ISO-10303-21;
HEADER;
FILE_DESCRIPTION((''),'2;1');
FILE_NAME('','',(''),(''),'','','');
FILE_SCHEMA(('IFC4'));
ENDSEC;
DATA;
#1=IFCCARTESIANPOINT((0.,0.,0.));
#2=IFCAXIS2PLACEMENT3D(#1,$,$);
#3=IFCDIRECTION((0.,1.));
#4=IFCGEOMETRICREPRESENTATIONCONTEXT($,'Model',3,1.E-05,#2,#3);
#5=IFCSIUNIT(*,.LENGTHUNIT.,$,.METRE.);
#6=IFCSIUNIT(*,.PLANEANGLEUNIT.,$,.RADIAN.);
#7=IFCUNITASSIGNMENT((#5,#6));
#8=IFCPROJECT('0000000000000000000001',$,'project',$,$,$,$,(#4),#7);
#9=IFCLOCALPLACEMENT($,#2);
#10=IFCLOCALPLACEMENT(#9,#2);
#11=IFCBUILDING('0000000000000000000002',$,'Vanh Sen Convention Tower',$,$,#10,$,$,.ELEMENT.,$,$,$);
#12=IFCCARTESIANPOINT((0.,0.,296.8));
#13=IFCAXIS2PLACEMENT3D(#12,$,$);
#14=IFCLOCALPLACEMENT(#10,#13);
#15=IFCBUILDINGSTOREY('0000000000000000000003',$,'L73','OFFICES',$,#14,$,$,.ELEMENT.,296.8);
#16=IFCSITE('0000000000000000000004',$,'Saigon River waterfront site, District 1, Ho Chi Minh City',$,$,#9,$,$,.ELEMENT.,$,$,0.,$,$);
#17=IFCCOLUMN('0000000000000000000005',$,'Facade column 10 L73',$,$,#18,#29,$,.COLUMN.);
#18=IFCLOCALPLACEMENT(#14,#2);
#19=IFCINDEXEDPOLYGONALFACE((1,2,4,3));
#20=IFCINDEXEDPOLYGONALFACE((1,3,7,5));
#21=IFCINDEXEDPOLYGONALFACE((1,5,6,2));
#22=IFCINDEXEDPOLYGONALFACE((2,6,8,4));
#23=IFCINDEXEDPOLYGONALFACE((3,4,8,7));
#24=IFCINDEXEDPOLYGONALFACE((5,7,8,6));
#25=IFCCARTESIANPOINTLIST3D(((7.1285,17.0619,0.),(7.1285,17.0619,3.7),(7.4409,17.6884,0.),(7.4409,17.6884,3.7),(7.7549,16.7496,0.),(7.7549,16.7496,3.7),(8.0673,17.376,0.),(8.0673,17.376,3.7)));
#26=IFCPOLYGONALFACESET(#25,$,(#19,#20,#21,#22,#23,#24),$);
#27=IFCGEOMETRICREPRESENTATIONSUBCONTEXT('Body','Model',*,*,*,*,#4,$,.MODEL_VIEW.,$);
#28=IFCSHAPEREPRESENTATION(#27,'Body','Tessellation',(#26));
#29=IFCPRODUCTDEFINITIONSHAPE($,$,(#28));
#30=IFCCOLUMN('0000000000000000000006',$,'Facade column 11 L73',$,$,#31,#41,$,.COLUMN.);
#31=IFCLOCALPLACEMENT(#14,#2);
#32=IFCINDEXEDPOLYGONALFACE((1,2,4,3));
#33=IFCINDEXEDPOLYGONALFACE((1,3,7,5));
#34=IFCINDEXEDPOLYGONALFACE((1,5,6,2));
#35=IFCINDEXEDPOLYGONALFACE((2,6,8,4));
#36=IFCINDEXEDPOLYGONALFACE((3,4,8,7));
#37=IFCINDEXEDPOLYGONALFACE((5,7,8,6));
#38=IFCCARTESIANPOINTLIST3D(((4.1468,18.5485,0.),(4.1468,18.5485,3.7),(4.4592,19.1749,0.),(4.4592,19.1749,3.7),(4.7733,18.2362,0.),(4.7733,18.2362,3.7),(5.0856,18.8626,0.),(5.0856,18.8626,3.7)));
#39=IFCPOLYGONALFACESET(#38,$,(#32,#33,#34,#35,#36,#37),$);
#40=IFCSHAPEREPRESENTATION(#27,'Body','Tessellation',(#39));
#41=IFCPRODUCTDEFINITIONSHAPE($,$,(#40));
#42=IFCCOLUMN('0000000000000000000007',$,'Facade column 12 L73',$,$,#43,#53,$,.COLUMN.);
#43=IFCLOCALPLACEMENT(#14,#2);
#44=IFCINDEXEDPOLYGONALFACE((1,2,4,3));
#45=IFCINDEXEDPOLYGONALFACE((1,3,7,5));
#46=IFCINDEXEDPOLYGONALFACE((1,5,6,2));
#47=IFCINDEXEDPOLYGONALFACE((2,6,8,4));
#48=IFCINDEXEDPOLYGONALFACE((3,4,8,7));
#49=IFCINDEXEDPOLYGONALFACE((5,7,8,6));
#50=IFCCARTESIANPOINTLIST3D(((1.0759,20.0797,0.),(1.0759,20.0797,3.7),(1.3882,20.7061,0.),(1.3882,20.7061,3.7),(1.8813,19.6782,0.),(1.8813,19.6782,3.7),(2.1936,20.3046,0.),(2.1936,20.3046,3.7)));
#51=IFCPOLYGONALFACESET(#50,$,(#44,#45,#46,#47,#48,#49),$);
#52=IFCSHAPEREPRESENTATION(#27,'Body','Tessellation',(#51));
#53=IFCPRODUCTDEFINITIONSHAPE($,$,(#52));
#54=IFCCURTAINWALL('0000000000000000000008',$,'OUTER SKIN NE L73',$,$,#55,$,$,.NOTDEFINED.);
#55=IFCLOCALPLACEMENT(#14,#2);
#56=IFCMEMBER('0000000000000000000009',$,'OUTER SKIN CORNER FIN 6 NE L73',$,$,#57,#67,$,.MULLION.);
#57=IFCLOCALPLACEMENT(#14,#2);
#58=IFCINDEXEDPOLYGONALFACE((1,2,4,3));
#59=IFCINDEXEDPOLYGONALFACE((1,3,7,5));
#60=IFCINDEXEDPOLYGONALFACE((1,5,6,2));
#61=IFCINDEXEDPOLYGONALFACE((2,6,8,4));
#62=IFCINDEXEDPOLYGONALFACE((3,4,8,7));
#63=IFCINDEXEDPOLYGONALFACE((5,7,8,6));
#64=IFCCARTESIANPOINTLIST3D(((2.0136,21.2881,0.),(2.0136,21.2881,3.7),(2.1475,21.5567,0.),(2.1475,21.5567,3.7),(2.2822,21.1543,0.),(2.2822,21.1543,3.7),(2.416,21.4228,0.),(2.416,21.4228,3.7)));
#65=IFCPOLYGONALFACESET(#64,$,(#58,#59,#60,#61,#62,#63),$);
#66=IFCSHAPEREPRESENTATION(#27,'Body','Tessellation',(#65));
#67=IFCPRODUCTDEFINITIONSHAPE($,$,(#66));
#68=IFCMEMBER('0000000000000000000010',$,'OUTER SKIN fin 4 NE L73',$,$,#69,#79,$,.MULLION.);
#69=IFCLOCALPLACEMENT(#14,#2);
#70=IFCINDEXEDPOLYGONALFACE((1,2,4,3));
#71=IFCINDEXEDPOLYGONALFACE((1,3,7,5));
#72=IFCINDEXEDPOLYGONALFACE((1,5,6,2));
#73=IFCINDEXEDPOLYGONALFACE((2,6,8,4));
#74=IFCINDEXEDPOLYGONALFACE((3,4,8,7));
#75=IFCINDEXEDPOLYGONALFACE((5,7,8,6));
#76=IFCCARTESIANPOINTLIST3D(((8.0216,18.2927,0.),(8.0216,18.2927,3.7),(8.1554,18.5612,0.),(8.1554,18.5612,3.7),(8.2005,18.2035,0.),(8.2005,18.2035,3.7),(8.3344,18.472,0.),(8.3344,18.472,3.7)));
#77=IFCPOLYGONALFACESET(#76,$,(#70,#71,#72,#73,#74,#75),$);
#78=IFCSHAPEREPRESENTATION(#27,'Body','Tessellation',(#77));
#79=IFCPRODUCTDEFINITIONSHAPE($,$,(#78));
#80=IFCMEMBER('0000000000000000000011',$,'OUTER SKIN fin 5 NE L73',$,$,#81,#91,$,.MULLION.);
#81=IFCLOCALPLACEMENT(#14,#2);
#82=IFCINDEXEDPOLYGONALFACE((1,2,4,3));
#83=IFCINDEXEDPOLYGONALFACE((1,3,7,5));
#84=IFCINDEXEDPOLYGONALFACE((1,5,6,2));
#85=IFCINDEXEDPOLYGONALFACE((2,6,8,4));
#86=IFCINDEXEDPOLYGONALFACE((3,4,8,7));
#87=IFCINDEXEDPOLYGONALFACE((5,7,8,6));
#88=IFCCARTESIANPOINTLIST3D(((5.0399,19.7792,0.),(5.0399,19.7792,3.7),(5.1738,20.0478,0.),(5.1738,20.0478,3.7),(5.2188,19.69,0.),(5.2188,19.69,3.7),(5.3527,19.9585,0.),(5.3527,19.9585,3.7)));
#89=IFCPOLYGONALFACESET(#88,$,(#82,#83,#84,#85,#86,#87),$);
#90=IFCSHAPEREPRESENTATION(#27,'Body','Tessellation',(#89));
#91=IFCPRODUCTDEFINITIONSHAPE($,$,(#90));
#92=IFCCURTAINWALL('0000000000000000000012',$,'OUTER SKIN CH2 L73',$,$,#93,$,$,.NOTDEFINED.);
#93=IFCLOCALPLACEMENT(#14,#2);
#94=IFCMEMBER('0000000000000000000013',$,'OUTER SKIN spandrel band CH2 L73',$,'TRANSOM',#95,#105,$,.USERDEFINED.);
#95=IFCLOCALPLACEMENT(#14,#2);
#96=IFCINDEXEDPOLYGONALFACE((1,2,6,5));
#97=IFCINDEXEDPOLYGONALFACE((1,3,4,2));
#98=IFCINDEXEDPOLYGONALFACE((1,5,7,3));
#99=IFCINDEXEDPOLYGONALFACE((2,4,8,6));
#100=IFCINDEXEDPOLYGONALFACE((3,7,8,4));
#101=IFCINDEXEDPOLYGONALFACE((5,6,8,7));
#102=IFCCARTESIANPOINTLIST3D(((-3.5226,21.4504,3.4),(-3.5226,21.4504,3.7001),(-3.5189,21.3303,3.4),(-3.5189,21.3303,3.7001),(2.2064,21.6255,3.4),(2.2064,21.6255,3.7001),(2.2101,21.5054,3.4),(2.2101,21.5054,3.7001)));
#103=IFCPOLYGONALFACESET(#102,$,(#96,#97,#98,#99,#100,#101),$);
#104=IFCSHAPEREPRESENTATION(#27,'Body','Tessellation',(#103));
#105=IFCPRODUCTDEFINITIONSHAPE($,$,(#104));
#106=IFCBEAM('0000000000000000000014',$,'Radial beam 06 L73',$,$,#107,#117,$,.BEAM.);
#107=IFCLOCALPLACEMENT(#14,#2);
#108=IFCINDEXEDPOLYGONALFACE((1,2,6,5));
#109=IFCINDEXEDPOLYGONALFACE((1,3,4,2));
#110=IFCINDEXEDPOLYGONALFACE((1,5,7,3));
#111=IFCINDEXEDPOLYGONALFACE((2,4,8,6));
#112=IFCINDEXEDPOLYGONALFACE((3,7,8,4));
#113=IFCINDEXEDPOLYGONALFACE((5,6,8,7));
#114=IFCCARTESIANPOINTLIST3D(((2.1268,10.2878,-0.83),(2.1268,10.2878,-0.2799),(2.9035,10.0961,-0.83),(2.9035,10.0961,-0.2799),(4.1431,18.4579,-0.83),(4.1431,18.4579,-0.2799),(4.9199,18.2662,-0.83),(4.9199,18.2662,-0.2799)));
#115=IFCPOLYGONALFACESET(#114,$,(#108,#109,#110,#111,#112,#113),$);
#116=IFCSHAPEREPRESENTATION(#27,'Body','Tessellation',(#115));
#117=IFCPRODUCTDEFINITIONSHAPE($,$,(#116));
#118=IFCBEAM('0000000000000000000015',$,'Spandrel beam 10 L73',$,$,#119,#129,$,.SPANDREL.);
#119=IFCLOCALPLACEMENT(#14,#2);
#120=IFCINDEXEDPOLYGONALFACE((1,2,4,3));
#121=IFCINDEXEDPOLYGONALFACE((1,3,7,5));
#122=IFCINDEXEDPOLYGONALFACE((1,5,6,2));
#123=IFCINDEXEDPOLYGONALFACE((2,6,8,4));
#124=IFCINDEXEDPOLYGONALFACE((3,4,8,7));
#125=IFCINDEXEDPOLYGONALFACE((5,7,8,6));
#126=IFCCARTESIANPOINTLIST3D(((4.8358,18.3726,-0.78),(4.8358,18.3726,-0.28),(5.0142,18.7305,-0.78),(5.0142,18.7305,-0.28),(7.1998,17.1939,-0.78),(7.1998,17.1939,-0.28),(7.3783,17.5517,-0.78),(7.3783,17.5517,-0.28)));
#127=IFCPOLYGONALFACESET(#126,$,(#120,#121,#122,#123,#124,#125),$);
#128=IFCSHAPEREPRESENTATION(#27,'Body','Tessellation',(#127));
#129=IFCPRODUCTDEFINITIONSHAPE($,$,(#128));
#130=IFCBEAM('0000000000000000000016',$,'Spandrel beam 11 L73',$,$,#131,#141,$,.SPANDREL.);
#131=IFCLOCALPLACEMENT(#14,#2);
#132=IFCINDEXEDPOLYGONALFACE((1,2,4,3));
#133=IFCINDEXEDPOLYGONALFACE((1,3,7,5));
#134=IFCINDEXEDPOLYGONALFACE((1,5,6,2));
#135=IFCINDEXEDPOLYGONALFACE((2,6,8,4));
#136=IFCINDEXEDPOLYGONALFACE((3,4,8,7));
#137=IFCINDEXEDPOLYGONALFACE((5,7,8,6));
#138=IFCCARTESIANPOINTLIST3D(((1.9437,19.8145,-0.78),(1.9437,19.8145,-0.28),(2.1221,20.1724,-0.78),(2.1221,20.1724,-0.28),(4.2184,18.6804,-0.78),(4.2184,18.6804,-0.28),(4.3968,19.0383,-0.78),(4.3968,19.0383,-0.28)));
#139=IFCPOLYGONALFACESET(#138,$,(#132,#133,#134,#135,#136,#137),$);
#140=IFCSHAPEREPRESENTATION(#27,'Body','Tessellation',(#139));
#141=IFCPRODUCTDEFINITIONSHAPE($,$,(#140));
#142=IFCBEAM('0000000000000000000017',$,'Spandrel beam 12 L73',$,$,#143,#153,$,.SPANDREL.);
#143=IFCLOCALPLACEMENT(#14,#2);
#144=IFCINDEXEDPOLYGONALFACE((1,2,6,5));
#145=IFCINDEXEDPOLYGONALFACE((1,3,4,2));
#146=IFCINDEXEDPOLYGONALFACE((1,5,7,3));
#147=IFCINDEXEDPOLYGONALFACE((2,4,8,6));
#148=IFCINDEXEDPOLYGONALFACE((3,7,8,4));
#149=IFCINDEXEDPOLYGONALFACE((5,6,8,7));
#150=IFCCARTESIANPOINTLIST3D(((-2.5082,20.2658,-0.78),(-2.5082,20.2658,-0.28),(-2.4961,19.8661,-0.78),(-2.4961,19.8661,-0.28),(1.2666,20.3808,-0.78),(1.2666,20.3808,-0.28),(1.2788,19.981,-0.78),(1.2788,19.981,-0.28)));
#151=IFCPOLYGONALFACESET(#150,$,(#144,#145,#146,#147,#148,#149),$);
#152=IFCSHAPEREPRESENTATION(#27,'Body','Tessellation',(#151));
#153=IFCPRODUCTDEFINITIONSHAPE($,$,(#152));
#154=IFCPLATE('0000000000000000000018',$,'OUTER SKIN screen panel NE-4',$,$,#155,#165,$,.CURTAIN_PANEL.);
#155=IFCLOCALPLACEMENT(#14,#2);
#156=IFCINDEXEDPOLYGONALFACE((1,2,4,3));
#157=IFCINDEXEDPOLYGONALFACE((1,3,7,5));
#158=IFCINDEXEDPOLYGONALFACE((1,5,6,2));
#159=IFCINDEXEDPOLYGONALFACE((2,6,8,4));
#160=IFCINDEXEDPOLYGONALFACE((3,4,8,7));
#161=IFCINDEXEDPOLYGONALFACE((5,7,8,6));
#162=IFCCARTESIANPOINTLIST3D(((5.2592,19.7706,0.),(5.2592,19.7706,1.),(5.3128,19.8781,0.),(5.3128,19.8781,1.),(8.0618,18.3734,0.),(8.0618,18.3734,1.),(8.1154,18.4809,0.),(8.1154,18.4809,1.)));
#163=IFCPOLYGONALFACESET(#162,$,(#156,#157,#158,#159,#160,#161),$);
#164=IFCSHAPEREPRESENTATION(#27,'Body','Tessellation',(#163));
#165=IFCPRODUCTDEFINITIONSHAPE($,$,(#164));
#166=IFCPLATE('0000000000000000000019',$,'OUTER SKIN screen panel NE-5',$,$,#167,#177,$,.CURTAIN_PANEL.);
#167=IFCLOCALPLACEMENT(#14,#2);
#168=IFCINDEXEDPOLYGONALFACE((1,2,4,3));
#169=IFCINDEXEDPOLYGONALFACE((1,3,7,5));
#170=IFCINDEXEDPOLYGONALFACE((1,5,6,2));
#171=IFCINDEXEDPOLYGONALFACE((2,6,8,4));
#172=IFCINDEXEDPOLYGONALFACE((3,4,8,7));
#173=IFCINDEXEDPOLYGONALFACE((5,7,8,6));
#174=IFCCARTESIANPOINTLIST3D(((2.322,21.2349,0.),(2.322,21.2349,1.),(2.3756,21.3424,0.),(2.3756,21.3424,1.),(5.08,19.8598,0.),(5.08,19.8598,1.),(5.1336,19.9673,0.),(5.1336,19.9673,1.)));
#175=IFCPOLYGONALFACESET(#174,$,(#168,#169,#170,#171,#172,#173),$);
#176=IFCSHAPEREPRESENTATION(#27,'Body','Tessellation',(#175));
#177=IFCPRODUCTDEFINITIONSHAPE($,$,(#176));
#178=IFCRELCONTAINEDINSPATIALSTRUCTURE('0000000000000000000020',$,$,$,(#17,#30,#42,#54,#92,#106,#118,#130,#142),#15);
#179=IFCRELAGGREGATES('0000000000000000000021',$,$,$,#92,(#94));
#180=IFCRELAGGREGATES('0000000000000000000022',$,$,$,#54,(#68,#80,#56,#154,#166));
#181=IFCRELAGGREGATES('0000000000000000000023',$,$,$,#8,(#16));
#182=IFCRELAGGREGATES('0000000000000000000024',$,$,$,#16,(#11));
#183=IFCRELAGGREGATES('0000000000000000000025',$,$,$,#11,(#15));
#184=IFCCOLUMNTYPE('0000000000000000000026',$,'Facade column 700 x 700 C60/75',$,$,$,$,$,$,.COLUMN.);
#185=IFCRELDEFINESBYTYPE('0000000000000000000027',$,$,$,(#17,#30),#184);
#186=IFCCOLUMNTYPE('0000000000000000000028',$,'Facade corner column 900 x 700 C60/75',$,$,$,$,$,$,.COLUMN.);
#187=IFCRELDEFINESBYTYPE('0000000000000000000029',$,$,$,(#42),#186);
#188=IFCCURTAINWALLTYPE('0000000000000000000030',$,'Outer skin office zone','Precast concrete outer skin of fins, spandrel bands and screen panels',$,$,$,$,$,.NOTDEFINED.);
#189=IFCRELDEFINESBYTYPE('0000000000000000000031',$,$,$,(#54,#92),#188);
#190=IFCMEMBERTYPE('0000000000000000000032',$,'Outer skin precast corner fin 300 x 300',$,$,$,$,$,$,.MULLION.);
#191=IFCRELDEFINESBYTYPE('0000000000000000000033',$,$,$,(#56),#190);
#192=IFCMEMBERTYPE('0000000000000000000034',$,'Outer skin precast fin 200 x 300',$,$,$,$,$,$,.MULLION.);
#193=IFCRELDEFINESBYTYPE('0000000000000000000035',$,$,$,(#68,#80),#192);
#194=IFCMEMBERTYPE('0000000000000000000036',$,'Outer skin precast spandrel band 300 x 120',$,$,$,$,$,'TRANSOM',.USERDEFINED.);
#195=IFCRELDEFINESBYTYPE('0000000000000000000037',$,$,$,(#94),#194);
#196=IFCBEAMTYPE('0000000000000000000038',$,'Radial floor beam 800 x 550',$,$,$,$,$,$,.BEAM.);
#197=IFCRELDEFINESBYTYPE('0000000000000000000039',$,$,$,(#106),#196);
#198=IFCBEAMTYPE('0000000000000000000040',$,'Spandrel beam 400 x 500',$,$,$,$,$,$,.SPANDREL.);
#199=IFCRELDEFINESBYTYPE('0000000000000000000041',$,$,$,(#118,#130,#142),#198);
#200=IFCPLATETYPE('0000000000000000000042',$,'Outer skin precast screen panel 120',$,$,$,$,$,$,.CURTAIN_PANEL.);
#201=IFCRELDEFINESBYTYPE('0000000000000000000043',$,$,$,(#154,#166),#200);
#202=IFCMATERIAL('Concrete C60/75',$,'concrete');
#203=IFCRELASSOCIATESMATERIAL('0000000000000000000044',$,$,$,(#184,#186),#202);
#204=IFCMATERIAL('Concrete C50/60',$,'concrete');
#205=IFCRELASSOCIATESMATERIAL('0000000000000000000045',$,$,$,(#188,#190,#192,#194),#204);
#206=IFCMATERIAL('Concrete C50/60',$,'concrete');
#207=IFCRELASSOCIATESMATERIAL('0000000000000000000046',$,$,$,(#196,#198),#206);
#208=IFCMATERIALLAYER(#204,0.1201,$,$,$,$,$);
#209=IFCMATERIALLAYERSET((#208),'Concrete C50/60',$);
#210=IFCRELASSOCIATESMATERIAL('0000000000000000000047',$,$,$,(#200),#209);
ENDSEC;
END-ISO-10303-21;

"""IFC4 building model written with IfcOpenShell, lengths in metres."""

from ifc_helpers import new_model, si_unit, direction, frame, origin, origin_2d, place, context, subcontext, project, spatial, rectangle, extrude, material, layer, layer_set, material_profile, profile_set, type_object, element, aggregate, save


model = new_model("IFC4")

# Units and contexts
model_context = context("Model", 3, precision=1e-05, world=origin(), true_north=direction((0.0, 1.0)))
body_context = subcontext(model_context, "Body", "Model", "MODEL_VIEW")
ifc_project = project(units=[si_unit("LENGTHUNIT", "METRE"), si_unit("PLANEANGLEUNIT", "RADIAN")], contexts=[model_context])

# Site, building, storey
site_placement = place(None, origin())
site = spatial("IfcSite", under=ifc_project, at=site_placement, Name="Saigon River waterfront site, District 1, Ho Chi Minh City", CompositionType="ELEMENT", RefElevation=0.0)
building_placement = place(site_placement, origin())
building = spatial("IfcBuilding", under=site, at=building_placement, Name="Vanh Sen Convention Tower", CompositionType="ELEMENT")
storey_placement = place(building_placement, frame((0.0, 0.0, 296.8)))
storey = spatial("IfcBuildingStorey", under=building, at=storey_placement, Name="L73", Description="OFFICES", CompositionType="ELEMENT", Elevation=296.8)

# Columns
ifc_material_1 = material(Name="Concrete C60/75", Category="concrete")
ifc_material_profile_1 = material_profile(ifc_material_1, rectangle(XDim=0.7, YDim=0.7, at=origin_2d()), Name="RC 700X700")
ifc_profile_set_1 = profile_set([ifc_material_profile_1], Name="Concrete C60/75")
column_type_1 = type_object("IfcColumnType", Name="Facade column 700 x 700 C60/75", PredefinedType="COLUMN", material=ifc_profile_set_1)
for number, where, z_axis, x_axis, name in (
    (1, (7.5979, 17.219, 0.0), (0.0, 0.0, 1.0), (-0.894934, 0.446198, 0.0), "Facade column 10 L73"),
    (2, (4.6162, 18.7056, 0.0), (0.0, 0.0, 1.0), (-0.894934, 0.446198, 0.0), "Facade column 11 L73"),
):
    element("IfcColumn", number, at=place(storey_placement, frame(where, z_axis=z_axis, x_axis=x_axis)), inside=storey, type_object=column_type_1, Name=name, PredefinedType="COLUMN", context=body_context, shape_type="SweptSolid", body=[
        extrude(rectangle(XDim=0.7, YDim=0.7, at=origin_2d()), origin(), (0.0, 0.0, 1.0), 3.7),
    ])
ifc_material_profile_2 = material_profile(ifc_material_1, rectangle(XDim=0.8999, YDim=0.7, at=origin_2d()), Name="RC 900X700")
ifc_profile_set_2 = profile_set([ifc_material_profile_2], Name="Concrete C60/75")
column_type_2 = type_object("IfcColumnType", Name="Facade corner column 900 x 700 C60/75", PredefinedType="COLUMN", material=ifc_profile_set_2)
column_placement = place(storey_placement, frame((1.6348, 20.1921, 0.0), z_axis=(0.0, 0.0, 1.0), x_axis=(-0.894934, 0.446198, 0.0)))
element("IfcColumn", 3, at=column_placement, inside=storey, type_object=column_type_2, Name="Facade column 12 L73", PredefinedType="COLUMN", context=body_context, shape_type="SweptSolid", body=[
    extrude(rectangle(XDim=0.8999, YDim=0.7, at=origin_2d()), origin(), (0.0, 0.0, 1.0), 3.7),
])

# Curtain wall, members
ifc_material_2 = material(Name="Concrete C50/60", Category="concrete")
curtain_wall_type = type_object("IfcCurtainWallType", Name="Outer skin office zone", Description="Precast concrete outer skin of fins, spandrel bands and screen panels", PredefinedType="NOTDEFINED", material=ifc_material_2)
curtain_wall_1_placement = place(storey_placement, origin())
curtain_wall_1 = element("IfcCurtainWall", 4, at=curtain_wall_1_placement, inside=storey, type_object=curtain_wall_type, Name="OUTER SKIN NE L73", PredefinedType="NOTDEFINED")
ifc_material_profile_3 = material_profile(ifc_material_2, rectangle(XDim=0.3, YDim=0.3, at=origin_2d()), Name="Outer skin precast corner fin 300 x 300")
ifc_profile_set_3 = profile_set([ifc_material_profile_3], Name="Concrete C50/60")
member_type_1 = type_object("IfcMemberType", Name="Outer skin precast corner fin 300 x 300", PredefinedType="MULLION", material=ifc_profile_set_3)
member_1_placement = place(storey_placement, frame((2.2148, 21.3555, 0.0), z_axis=(0.0, 0.0, 1.0), x_axis=(-0.894934, 0.446198, 0.0)))
member_1 = element("IfcMember", 5, at=member_1_placement, type_object=member_type_1, Name="OUTER SKIN CORNER FIN 6 NE L73", PredefinedType="MULLION", context=body_context, shape_type="SweptSolid", body=[
    extrude(rectangle(XDim=0.3, YDim=0.3, at=origin_2d()), origin(), (0.0, 0.0, 1.0), 3.7),
])
ifc_material_profile_4 = material_profile(ifc_material_2, rectangle(XDim=0.2, YDim=0.3, at=origin_2d()), Name="Outer skin precast fin 200 x 300")
ifc_profile_set_4 = profile_set([ifc_material_profile_4], Name="Concrete C50/60")
member_type_2 = type_object("IfcMemberType", Name="Outer skin precast fin 200 x 300", PredefinedType="MULLION", material=ifc_profile_set_4)
member_2_placement = place(storey_placement, frame((8.178, 18.3823, 0.0), z_axis=(0.0, 0.0, 1.0), x_axis=(-0.894934, 0.446198, 0.0)))
member_2 = element("IfcMember", 6, at=member_2_placement, type_object=member_type_2, Name="OUTER SKIN fin 4 NE L73", PredefinedType="MULLION", context=body_context, shape_type="SweptSolid", body=[
    extrude(rectangle(XDim=0.2, YDim=0.3, at=origin_2d()), origin(), (0.0, 0.0, 1.0), 3.7),
])
member_3_placement = place(storey_placement, frame((5.1963, 19.8689, 0.0), z_axis=(0.0, 0.0, 1.0), x_axis=(-0.894934, 0.446198, 0.0)))
member_3 = element("IfcMember", 7, at=member_3_placement, type_object=member_type_2, Name="OUTER SKIN fin 5 NE L73", PredefinedType="MULLION", context=body_context, shape_type="SweptSolid", body=[
    extrude(rectangle(XDim=0.2, YDim=0.3, at=origin_2d()), origin(), (0.0, 0.0, 1.0), 3.7),
])

# Curtain wall, member
curtain_wall_2_placement = place(storey_placement, origin())
curtain_wall_2 = element("IfcCurtainWall", 8, at=curtain_wall_2_placement, inside=storey, type_object=curtain_wall_type, Name="OUTER SKIN CH2 L73", PredefinedType="NOTDEFINED")
ifc_material_profile_5 = material_profile(ifc_material_2, rectangle(XDim=0.1201, YDim=0.3, at=origin_2d()), Name="Outer skin precast spandrel band 300 x 120")
ifc_profile_set_5 = profile_set([ifc_material_profile_5], Name="Concrete C50/60")
member_type_3 = type_object("IfcMemberType", Name="Outer skin precast spandrel band 300 x 120", ElementType="TRANSOM", PredefinedType="USERDEFINED", material=ifc_profile_set_5)
member_4_placement = place(storey_placement, frame((2.2083, 21.5654, 3.55), z_axis=(-0.999534, -0.030541, 0.0), x_axis=(0.030541, -0.999534, 0.0)))
member_4 = element("IfcMember", 9, at=member_4_placement, type_object=member_type_3, Name="OUTER SKIN spandrel band CH2 L73", ObjectType="TRANSOM", PredefinedType="USERDEFINED", context=body_context, shape_type="SweptSolid", body=[
    extrude(rectangle(XDim=0.1201, YDim=0.3, at=origin_2d()), origin(), (0.0, 0.0, 1.0), 5.7317),
])
aggregate(curtain_wall_2, [member_4])

# Beams
ifc_material_3 = material(Name="Concrete C50/60", Category="concrete")
ifc_material_profile_6 = material_profile(ifc_material_3, rectangle(XDim=0.8, YDim=0.55, at=origin_2d()), Name="RC 800X550")
ifc_profile_set_6 = profile_set([ifc_material_profile_6], Name="Concrete C50/60")
beam_type_1 = type_object("IfcBeamType", Name="Radial floor beam 800 x 550", PredefinedType="BEAM", material=ifc_profile_set_6)
beam_1_placement = place(storey_placement, frame((4.5315, 18.3621, -0.5549), z_axis=(-0.239606, -0.97087, 0.0), x_axis=(0.97087, -0.239606, 0.0)))
element("IfcBeam", 10, at=beam_1_placement, inside=storey, type_object=beam_type_1, Name="Radial beam 06 L73", PredefinedType="BEAM", context=body_context, shape_type="SweptSolid", body=[
    extrude(rectangle(XDim=0.8, YDim=0.55, at=origin_2d()), origin(), (0.0, 0.0, 1.0), 8.4153),
])
ifc_material_profile_7 = material_profile(ifc_material_3, rectangle(XDim=0.3999, YDim=0.5, at=origin_2d()), Name="RC 400X500")
ifc_profile_set_7 = profile_set([ifc_material_profile_7], Name="Concrete C50/60")
beam_type_2 = type_object("IfcBeamType", Name="Spandrel beam 400 x 500", PredefinedType="SPANDREL", material=ifc_profile_set_7)
beam_2_placement = place(storey_placement, frame((7.2891, 17.3728, -0.53), z_axis=(-0.894926, 0.446215, 0.0), x_axis=(-0.446215, -0.894926, 0.0)))
element("IfcBeam", 11, at=beam_2_placement, inside=storey, type_object=beam_type_2, Name="Spandrel beam 10 L73", PredefinedType="SPANDREL", context=body_context, shape_type="SweptSolid", body=[
    extrude(rectangle(XDim=0.3999, YDim=0.5, at=origin_2d()), origin(), (0.0, 0.0, 1.0), 2.6416),
])
beam_3_placement = place(storey_placement, frame((4.3076, 18.8594, -0.53), z_axis=(-0.894945, 0.446176, 0.0), x_axis=(-0.446176, -0.894945, 0.0)))
element("IfcBeam", 12, at=beam_3_placement, inside=storey, type_object=beam_type_2, Name="Spandrel beam 11 L73", PredefinedType="SPANDREL", context=body_context, shape_type="SweptSolid", body=[
    extrude(rectangle(XDim=0.3999, YDim=0.5, at=origin_2d()), origin(), (0.0, 0.0, 1.0), 2.5417),
])
beam_4_placement = place(storey_placement, frame((1.2727, 20.1809, -0.53), z_axis=(-0.999536, -0.030448, 0.0), x_axis=(0.030448, -0.999536, 0.0)))
element("IfcBeam", 13, at=beam_4_placement, inside=storey, type_object=beam_type_2, Name="Spandrel beam 12 L73", PredefinedType="SPANDREL", context=body_context, shape_type="SweptSolid", body=[
    extrude(rectangle(XDim=0.3999, YDim=0.5, at=origin_2d()), origin(), (0.0, 0.0, 1.0), 3.7766),
])

# Plates
ifc_layer_1 = layer(ifc_material_2, 0.1201)
ifc_layer_set_1 = layer_set([ifc_layer_1], Name="Concrete C50/60")
plate_type = type_object("IfcPlateType", Name="Outer skin precast screen panel 120", PredefinedType="CURTAIN_PANEL", material=ifc_layer_set_1)
plate_1_placement = place(storey_placement, frame((6.6873, 19.1257, 0.0), z_axis=(0.0, 0.0, 1.0), x_axis=(-0.894943, 0.446181, 0.0)))
plate_1 = element("IfcPlate", 14, at=plate_1_placement, type_object=plate_type, Name="OUTER SKIN screen panel NE-4", PredefinedType="CURTAIN_PANEL", context=body_context, shape_type="SweptSolid", body=[
    extrude(rectangle(XDim=3.1316, YDim=0.1201, at=origin_2d()), origin(), (0.0, 0.0, 1.0), 1.0),
])
plate_2_placement = place(storey_placement, frame((3.7278, 20.6011, 0.0), z_axis=(0.0, 0.0, 1.0), x_axis=(-0.894931, 0.446204, 0.0)))
plate_2 = element("IfcPlate", 15, at=plate_2_placement, type_object=plate_type, Name="OUTER SKIN screen panel NE-5", PredefinedType="CURTAIN_PANEL", context=body_context, shape_type="SweptSolid", body=[
    extrude(rectangle(XDim=3.0818, YDim=0.1201, at=origin_2d()), origin(), (0.0, 0.0, 1.0), 1.0),
])
aggregate(curtain_wall_1, [member_2, member_3, member_1, plate_1, plate_2])

save(model, "model.ifc")
